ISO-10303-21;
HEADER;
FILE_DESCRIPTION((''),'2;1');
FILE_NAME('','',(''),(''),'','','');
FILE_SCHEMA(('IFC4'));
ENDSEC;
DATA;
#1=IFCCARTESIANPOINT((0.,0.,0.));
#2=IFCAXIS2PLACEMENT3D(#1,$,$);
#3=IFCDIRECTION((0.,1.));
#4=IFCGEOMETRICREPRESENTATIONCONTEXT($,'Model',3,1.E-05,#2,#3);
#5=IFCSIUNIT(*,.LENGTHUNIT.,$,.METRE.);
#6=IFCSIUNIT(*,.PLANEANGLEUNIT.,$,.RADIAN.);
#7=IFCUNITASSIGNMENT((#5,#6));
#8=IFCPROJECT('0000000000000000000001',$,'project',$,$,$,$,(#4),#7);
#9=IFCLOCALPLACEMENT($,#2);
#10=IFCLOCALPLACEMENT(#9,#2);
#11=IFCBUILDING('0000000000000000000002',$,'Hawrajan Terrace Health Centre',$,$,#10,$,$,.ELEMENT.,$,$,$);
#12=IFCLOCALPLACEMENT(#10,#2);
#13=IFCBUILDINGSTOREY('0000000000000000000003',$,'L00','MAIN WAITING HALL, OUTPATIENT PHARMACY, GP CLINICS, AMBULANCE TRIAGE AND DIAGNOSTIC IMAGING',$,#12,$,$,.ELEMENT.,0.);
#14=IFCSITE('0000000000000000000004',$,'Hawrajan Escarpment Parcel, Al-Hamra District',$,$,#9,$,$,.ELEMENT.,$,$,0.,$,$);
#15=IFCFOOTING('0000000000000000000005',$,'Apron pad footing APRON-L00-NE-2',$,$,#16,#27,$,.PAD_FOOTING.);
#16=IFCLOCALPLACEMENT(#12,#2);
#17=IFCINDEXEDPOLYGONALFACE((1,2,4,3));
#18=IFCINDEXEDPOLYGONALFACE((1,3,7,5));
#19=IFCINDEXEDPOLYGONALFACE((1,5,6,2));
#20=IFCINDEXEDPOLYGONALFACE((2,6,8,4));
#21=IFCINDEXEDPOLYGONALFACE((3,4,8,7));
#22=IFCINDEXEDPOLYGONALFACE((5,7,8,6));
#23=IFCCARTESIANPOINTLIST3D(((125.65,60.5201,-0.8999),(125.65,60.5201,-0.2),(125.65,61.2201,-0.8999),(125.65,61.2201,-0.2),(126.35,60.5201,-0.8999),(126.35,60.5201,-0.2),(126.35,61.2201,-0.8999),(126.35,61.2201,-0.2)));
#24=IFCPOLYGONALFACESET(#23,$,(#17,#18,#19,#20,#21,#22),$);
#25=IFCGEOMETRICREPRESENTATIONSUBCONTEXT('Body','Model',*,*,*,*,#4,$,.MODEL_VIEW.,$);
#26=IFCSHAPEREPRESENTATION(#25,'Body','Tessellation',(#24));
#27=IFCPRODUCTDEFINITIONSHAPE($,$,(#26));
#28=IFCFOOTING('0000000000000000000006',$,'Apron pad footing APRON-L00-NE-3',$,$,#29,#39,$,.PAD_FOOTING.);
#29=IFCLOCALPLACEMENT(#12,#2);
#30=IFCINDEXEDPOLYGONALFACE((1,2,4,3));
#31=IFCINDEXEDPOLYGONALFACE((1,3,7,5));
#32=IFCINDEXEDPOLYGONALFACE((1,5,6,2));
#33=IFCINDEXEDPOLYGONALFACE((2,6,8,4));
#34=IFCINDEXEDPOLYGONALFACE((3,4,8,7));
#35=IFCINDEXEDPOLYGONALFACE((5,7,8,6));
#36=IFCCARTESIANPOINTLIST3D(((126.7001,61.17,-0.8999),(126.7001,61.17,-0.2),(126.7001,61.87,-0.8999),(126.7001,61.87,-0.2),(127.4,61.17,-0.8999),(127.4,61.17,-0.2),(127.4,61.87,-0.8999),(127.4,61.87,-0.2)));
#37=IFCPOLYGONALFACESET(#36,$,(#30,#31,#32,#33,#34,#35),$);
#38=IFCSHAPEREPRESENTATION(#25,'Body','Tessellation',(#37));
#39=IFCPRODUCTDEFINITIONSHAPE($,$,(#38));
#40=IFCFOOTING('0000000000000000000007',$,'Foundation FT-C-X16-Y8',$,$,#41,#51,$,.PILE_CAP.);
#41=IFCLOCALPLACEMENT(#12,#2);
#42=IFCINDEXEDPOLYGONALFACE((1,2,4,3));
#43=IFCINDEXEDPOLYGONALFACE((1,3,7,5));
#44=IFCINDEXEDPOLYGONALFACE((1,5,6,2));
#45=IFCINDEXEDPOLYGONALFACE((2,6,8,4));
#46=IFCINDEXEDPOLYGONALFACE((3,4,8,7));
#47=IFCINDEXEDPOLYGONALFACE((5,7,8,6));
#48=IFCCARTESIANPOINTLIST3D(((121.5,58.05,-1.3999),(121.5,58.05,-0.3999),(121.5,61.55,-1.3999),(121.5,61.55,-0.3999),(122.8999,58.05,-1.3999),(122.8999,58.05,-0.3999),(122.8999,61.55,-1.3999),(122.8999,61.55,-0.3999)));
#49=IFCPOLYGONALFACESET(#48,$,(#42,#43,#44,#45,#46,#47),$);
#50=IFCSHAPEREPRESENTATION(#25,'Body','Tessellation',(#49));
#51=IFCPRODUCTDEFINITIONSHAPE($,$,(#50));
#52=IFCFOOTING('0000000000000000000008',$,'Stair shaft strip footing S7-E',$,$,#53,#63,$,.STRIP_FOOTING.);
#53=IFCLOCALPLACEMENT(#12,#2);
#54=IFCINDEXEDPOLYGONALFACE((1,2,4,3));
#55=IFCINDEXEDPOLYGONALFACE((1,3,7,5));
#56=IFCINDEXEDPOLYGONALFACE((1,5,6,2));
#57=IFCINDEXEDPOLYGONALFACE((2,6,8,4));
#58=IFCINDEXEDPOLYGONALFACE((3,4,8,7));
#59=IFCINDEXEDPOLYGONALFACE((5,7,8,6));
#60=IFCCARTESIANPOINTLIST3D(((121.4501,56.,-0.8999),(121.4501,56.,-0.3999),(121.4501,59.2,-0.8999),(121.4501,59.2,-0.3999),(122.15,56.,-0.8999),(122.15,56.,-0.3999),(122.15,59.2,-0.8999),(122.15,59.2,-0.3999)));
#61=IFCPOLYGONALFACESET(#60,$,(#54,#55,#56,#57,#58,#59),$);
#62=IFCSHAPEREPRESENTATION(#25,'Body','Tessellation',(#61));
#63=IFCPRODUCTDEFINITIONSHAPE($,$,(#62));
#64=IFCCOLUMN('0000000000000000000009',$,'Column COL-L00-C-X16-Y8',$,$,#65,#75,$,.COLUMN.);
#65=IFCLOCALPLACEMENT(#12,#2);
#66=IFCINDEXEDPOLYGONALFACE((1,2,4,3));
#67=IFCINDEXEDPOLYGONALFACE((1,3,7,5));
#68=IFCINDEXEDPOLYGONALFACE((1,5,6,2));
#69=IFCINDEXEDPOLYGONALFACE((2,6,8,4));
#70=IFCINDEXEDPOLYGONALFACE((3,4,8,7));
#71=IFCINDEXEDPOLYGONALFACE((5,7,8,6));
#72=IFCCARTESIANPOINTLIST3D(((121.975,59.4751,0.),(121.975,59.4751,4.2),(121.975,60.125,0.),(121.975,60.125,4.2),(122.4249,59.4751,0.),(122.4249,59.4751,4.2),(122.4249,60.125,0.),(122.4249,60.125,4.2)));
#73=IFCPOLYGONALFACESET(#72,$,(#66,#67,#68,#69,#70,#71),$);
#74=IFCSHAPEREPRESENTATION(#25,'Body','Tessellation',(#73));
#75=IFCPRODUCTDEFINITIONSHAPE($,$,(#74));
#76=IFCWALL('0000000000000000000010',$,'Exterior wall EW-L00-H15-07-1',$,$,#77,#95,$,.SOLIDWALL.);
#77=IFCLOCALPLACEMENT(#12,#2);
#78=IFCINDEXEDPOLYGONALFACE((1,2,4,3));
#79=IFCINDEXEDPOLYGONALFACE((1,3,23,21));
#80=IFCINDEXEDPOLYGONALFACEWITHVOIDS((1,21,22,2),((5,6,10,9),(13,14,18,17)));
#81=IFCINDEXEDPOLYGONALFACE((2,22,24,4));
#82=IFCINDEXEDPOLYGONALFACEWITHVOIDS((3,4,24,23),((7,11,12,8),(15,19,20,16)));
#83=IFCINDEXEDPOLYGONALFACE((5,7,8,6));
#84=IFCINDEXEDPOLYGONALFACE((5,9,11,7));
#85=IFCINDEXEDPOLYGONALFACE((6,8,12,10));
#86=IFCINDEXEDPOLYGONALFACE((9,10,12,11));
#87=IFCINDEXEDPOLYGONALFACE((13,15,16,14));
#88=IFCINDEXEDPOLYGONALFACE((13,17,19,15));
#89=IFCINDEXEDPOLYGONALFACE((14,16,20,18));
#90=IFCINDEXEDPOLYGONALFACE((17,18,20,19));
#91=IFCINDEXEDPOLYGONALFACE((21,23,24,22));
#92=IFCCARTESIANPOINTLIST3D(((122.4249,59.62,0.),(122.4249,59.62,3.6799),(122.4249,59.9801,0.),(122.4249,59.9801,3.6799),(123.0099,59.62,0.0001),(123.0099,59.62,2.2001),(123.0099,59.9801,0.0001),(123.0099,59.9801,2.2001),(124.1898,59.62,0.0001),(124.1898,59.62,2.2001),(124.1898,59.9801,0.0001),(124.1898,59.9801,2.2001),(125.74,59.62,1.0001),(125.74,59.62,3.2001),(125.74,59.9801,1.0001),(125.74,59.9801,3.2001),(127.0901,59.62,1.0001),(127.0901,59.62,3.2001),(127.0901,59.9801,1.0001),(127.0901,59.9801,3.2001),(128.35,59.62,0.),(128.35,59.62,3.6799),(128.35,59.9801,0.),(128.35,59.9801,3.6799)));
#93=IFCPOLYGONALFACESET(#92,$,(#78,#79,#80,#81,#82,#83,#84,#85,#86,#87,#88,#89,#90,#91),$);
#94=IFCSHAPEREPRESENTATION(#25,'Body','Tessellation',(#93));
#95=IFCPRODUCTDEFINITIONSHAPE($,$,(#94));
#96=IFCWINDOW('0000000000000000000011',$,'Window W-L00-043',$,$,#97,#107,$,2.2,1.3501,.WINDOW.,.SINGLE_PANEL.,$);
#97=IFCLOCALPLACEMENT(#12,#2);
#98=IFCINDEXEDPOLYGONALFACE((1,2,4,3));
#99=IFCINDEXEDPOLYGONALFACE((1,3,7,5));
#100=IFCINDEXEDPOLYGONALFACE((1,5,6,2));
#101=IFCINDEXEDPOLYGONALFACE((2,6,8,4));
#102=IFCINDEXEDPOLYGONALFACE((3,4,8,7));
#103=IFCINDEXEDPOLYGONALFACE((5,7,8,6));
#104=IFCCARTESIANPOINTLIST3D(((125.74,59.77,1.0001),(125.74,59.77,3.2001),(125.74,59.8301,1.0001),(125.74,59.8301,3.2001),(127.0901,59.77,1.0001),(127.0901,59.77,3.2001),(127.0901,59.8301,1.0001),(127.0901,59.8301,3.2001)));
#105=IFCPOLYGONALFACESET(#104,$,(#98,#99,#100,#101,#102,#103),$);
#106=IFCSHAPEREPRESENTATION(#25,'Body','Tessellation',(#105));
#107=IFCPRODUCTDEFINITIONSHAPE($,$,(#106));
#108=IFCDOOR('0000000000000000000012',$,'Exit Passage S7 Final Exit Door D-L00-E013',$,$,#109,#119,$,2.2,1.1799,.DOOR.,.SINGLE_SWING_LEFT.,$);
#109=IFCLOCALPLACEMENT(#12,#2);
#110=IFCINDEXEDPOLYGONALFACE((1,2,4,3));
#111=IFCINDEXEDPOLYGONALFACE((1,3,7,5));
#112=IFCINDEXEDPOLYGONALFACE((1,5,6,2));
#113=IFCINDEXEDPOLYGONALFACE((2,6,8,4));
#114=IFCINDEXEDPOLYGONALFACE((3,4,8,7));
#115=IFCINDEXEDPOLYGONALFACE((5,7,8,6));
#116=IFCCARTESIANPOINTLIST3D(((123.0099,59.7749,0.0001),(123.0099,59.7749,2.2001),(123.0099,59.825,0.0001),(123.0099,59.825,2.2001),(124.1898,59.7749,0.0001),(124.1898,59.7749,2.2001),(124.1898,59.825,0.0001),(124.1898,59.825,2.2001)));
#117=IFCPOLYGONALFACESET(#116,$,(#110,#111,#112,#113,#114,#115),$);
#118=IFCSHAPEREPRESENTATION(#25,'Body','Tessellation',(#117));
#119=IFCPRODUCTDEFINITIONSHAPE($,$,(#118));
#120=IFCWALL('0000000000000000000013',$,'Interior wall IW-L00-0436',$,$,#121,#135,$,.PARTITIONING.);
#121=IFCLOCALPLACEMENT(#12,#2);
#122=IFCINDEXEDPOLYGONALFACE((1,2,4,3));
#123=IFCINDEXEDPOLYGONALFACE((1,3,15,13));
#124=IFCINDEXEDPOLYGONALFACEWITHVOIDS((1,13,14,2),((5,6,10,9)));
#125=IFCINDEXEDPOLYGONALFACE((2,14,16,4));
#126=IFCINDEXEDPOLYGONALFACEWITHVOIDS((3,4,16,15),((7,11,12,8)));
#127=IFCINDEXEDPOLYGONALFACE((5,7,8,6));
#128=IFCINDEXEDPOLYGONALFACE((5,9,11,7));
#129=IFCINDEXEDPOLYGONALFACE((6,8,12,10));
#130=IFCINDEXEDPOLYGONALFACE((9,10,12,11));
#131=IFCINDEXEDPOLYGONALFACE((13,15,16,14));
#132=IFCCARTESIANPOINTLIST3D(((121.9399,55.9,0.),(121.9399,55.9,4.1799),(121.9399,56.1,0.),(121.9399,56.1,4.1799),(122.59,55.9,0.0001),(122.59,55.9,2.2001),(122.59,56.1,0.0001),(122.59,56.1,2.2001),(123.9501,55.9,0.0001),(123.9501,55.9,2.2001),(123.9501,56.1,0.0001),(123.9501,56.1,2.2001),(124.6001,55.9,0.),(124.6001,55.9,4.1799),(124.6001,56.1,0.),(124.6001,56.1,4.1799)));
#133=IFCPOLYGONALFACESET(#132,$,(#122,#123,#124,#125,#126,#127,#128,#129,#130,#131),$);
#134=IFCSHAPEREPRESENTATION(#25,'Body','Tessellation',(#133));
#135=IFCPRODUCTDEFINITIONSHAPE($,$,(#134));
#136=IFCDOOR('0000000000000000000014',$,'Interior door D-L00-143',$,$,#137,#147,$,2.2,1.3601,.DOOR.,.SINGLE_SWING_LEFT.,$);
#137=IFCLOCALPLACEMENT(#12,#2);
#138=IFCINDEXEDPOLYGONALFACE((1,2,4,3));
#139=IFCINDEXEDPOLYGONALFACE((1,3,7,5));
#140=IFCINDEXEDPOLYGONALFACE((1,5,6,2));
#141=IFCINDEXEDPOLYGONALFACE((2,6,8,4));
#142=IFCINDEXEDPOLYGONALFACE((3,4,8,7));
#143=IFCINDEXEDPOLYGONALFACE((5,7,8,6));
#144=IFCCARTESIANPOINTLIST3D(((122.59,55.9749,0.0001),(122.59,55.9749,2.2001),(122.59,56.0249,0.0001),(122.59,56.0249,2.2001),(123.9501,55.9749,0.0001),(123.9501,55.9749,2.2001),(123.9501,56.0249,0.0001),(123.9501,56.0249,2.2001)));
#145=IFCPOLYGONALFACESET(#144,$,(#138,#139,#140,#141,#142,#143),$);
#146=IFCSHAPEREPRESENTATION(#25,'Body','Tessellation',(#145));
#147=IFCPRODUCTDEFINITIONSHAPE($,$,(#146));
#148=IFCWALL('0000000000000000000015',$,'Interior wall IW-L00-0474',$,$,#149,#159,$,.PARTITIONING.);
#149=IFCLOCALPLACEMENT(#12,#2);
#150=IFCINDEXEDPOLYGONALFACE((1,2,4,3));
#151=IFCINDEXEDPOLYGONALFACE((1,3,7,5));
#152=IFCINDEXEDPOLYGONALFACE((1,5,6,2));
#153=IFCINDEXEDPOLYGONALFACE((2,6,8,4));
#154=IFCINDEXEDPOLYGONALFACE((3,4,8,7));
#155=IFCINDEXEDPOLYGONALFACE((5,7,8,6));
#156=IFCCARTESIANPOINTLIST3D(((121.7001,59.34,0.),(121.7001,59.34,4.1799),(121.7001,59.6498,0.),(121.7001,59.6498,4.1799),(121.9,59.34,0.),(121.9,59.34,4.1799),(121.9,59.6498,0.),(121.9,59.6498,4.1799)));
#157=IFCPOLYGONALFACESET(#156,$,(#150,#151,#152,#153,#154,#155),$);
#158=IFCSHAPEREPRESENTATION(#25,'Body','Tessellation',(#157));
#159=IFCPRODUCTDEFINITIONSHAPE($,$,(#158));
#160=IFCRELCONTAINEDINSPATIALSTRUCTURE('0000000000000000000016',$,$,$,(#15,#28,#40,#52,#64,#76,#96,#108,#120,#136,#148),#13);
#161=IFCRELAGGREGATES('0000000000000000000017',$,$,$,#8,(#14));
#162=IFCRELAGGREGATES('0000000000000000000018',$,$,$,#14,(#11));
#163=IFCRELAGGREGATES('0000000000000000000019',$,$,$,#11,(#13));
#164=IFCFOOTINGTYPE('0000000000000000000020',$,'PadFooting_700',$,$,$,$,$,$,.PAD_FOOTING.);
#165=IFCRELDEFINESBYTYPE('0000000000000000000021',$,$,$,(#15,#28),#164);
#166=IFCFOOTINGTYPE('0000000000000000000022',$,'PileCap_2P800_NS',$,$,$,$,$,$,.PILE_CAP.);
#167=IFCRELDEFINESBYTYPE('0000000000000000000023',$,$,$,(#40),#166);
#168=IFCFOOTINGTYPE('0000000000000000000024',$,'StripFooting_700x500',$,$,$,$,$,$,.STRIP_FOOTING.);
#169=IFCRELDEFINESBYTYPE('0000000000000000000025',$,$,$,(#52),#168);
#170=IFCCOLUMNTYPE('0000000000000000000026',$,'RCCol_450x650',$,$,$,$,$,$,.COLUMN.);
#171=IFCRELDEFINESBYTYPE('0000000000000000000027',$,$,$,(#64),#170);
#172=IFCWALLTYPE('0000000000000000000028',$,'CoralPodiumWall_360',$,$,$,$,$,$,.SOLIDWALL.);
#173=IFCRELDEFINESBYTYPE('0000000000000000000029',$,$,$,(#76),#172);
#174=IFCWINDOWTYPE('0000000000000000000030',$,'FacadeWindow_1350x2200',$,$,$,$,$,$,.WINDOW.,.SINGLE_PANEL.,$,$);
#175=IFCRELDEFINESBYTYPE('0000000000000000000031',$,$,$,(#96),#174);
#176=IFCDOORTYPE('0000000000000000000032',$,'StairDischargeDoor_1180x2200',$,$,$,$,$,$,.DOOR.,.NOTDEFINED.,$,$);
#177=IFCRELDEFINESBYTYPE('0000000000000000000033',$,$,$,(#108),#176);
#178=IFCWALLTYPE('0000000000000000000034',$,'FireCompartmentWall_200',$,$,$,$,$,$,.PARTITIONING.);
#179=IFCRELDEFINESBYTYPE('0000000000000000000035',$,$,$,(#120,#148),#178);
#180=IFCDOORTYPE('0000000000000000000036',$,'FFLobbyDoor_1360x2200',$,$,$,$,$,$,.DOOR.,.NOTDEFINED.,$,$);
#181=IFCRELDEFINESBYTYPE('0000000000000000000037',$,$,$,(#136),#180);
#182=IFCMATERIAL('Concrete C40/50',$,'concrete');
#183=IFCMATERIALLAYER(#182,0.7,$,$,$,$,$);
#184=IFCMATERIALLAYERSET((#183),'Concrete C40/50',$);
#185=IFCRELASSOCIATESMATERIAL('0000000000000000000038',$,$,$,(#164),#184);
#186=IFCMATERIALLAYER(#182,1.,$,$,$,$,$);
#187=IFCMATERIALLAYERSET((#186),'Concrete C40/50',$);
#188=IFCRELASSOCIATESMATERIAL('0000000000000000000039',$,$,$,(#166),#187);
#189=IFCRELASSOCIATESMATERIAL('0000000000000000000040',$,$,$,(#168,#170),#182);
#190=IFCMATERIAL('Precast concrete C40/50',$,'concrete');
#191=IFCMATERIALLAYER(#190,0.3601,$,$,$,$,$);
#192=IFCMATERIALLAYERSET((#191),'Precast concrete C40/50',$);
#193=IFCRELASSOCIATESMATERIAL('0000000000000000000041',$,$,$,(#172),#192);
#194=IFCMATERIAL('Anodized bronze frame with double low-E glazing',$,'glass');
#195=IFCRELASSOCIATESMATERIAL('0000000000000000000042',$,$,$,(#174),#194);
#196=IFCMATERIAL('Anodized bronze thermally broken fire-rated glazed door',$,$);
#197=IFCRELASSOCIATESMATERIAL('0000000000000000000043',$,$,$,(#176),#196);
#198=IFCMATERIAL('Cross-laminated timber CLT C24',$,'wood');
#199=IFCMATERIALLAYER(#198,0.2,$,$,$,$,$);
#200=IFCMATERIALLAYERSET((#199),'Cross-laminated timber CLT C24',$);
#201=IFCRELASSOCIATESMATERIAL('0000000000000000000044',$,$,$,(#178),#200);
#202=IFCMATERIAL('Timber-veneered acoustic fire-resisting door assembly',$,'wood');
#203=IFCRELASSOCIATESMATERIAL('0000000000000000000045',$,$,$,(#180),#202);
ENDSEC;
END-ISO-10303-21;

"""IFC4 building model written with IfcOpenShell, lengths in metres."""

from ifc_helpers import new_model, si_unit, direction, frame, frame_2d, origin, origin_2d, place, context, subcontext, project, spatial, rectangle, extrude, material, layer, layer_set, material_profile, profile_set, type_object, element, fill, save


model = new_model("IFC4")

# Units and contexts
model_context = context("Model", 3, precision=1e-05, world=origin(), true_north=direction((0.0, 1.0)))
body_context = subcontext(model_context, "Body", "Model", "MODEL_VIEW")
ifc_project = project(units=[si_unit("LENGTHUNIT", "METRE"), si_unit("PLANEANGLEUNIT", "RADIAN")], contexts=[model_context])

# Site, building, storey
site_placement = place(None, origin())
site = spatial("IfcSite", under=ifc_project, at=site_placement, Name="Hawrajan Escarpment Parcel, Al-Hamra District", CompositionType="ELEMENT", RefElevation=0.0)
building_placement = place(site_placement, origin())
building = spatial("IfcBuilding", under=site, at=building_placement, Name="Hawrajan Terrace Health Centre", CompositionType="ELEMENT")
storey_placement = place(building_placement, origin())
storey = spatial("IfcBuildingStorey", under=building, at=storey_placement, Name="L00", Description="MAIN WAITING HALL, OUTPATIENT PHARMACY, GP CLINICS, AMBULANCE TRIAGE AND DIAGNOSTIC IMAGING", CompositionType="ELEMENT", Elevation=0.0)

# Shared definitions
ifc_material_1 = material(Name="Concrete C40/50", Category="concrete")

# Footings
ifc_layer_1 = layer(ifc_material_1, 0.7)
ifc_layer_set_1 = layer_set([ifc_layer_1], Name="Concrete C40/50")
footing_type_1 = type_object("IfcFootingType", Name="PadFooting_700", PredefinedType="PAD_FOOTING", material=ifc_layer_set_1)
for number, where, z_axis, x_axis, name in (
    (1, (126.0, 60.8701, -0.8999), (0.0, 0.0, 1.0), (1.0, 0.0, 0.0), "Apron pad footing APRON-L00-NE-2"),
    (2, (127.05, 61.52, -0.8999), (0.0, 0.0, 1.0), (1.0, 0.0, 0.0), "Apron pad footing APRON-L00-NE-3"),
):
    element("IfcFooting", number, at=place(storey_placement, frame(where, z_axis=z_axis, x_axis=x_axis)), inside=storey, type_object=footing_type_1, Name=name, PredefinedType="PAD_FOOTING", context=body_context, shape_type="SweptSolid", body=[
        extrude(rectangle(XDim=0.7, YDim=0.7, at=origin_2d()), origin(), (0.0, 0.0, 1.0), 0.7),
    ])
ifc_layer_2 = layer(ifc_material_1, 1.0)
ifc_layer_set_2 = layer_set([ifc_layer_2], Name="Concrete C40/50")
footing_type_2 = type_object("IfcFootingType", Name="PileCap_2P800_NS", PredefinedType="PILE_CAP", material=ifc_layer_set_2)
footing_1_placement = place(storey_placement, frame((122.2, 59.8, -1.3999), z_axis=(0.0, 0.0, 1.0), x_axis=(1.0, 0.0, 0.0)))
element("IfcFooting", 3, at=footing_1_placement, inside=storey, type_object=footing_type_2, Name="Foundation FT-C-X16-Y8", PredefinedType="PILE_CAP", context=body_context, shape_type="SweptSolid", body=[
    extrude(rectangle(XDim=1.3999, YDim=3.5, at=origin_2d()), origin(), (0.0, 0.0, 1.0), 1.0),
])
ifc_material_profile_1 = material_profile(ifc_material_1, rectangle(XDim=0.7, YDim=0.5, at=origin_2d()), Name="RC STRIP 700x500")
ifc_profile_set_1 = profile_set([ifc_material_profile_1], Name="Concrete C40/50")
footing_type_3 = type_object("IfcFootingType", Name="StripFooting_700x500", PredefinedType="STRIP_FOOTING", material=ifc_profile_set_1)
footing_2_placement = place(storey_placement, frame((121.8, 56.0, -0.6499), z_axis=(0.0, 1.0, 0.0), x_axis=(-1.0, 0.0, 0.0)))
element("IfcFooting", 4, at=footing_2_placement, inside=storey, type_object=footing_type_3, Name="Stair shaft strip footing S7-E", PredefinedType="STRIP_FOOTING", context=body_context, shape_type="SweptSolid", body=[
    extrude(rectangle(XDim=0.7, YDim=0.5, at=origin_2d()), origin(), (0.0, 0.0, 1.0), 3.2),
])

# Column
ifc_material_profile_2 = material_profile(ifc_material_1, rectangle(XDim=0.45, YDim=0.6499, at=origin_2d()), Name="RC 450x650")
ifc_profile_set_2 = profile_set([ifc_material_profile_2], Name="Concrete C40/50")
column_type = type_object("IfcColumnType", Name="RCCol_450x650", PredefinedType="COLUMN", material=ifc_profile_set_2)
column_placement = place(storey_placement, frame((122.2, 59.8, 0.0), z_axis=(0.0, 0.0, 1.0), x_axis=(1.0, 0.0, 0.0)))
element("IfcColumn", 5, at=column_placement, inside=storey, type_object=column_type, Name="Column COL-L00-C-X16-Y8", PredefinedType="COLUMN", context=body_context, shape_type="SweptSolid", body=[
    extrude(rectangle(XDim=0.45, YDim=0.6499, at=origin_2d()), origin(), (0.0, 0.0, 1.0), 4.2),
])

# Wall, openings, window, door
ifc_material_2 = material(Name="Precast concrete C40/50", Category="concrete")
ifc_layer_3 = layer(ifc_material_2, 0.3601)
ifc_layer_set_3 = layer_set([ifc_layer_3], Name="Precast concrete C40/50")
wall_type_1 = type_object("IfcWallType", Name="CoralPodiumWall_360", PredefinedType="SOLIDWALL", material=ifc_layer_set_3)
wall_1_placement = place(storey_placement, frame((122.425, 59.8, 0.0), z_axis=(0.0, 0.0, 1.0), x_axis=(1.0, 0.0, 0.0)))
wall_1 = element("IfcWall", 6, at=wall_1_placement, inside=storey, type_object=wall_type_1, Name="Exterior wall EW-L00-H15-07-1", PredefinedType="SOLIDWALL", context=body_context, shape_type="SweptSolid", body=[
    extrude(rectangle(XDim=5.925, YDim=0.3601, at=frame_2d((2.9624, 0.0))), origin(), (0.0, 0.0, 1.0), 3.6799),
])
opening_1_placement = place(wall_1_placement, frame((0.585, 0.0, 0.0)))
opening_1 = element("IfcOpeningElement", 7, at=opening_1_placement, cuts=wall_1, PredefinedType="OPENING", context=body_context, shape_type="SweptSolid", body=[
    extrude(rectangle(XDim=1.1799, YDim=2.2, at=frame_2d((0.5898, 1.1001))), frame((0.0, 0.1899, 0.0), z_axis=(0.0, -1.0, 0.0), x_axis=(1.0, 0.0, 0.0)), (0.0, 0.0, 1.0), 0.3801),
])
opening_2_placement = place(wall_1_placement, frame((3.3149, 0.0, 1.0)))
opening_2 = element("IfcOpeningElement", 8, at=opening_2_placement, cuts=wall_1, PredefinedType="OPENING", context=body_context, shape_type="SweptSolid", body=[
    extrude(rectangle(XDim=1.3501, YDim=2.2, at=frame_2d((0.675, 1.1001))), frame((0.0, 0.1899, 0.0), z_axis=(0.0, -1.0, 0.0), x_axis=(1.0, 0.0, 0.0)), (0.0, 0.0, 1.0), 0.3801),
])
ifc_material_3 = material(Name="Anodized bronze frame with double low-E glazing", Category="glass")
window_type = type_object("IfcWindowType", Name="FacadeWindow_1350x2200", PartitioningType="SINGLE_PANEL", PredefinedType="WINDOW", material=ifc_material_3)
window_placement = place(opening_2_placement, origin())
window = element("IfcWindow", 9, at=window_placement, inside=storey, type_object=window_type, Name="Window W-L00-043", OverallHeight=2.2, OverallWidth=1.3501, PartitioningType="SINGLE_PANEL", PredefinedType="WINDOW", context=body_context, shape_type="SweptSolid", body=[
    extrude(rectangle(XDim=1.3501, YDim=2.2, at=frame_2d((0.675, 1.1001))), frame((0.0, 0.03, 0.0), z_axis=(0.0, -1.0, 0.0), x_axis=(1.0, 0.0, 0.0)), (0.0, 0.0, 1.0), 0.0601),
])
fill(opening_2, window)
ifc_material_4 = material(Name="Anodized bronze thermally broken fire-rated glazed door")
door_type_1 = type_object("IfcDoorType", Name="StairDischargeDoor_1180x2200", OperationType="NOTDEFINED", PredefinedType="DOOR", material=ifc_material_4)
door_1_placement = place(opening_1_placement, origin())
door_1 = element("IfcDoor", 10, at=door_1_placement, inside=storey, type_object=door_type_1, Name="Exit Passage S7 Final Exit Door D-L00-E013", OperationType="SINGLE_SWING_LEFT", OverallHeight=2.2, OverallWidth=1.1799, PredefinedType="DOOR", context=body_context, shape_type="SweptSolid", body=[
    extrude(rectangle(XDim=1.1799, YDim=2.2, at=frame_2d((0.5898, 1.1001))), frame((0.0, 0.0249, 0.0), z_axis=(0.0, -1.0, 0.0), x_axis=(1.0, 0.0, 0.0)), (0.0, 0.0, 1.0), 0.05),
])
fill(opening_1, door_1)

# Wall, opening, door
ifc_material_5 = material(Name="Timber-veneered acoustic fire-resisting door assembly", Category="wood")
ifc_material_6 = material(Name="Cross-laminated timber CLT C24", Category="wood")
ifc_layer_4 = layer(ifc_material_6, 0.2)
ifc_layer_set_4 = layer_set([ifc_layer_4], Name="Cross-laminated timber CLT C24")
wall_type_2 = type_object("IfcWallType", Name="FireCompartmentWall_200", PredefinedType="PARTITIONING", material=ifc_layer_set_4)
wall_2_placement = place(storey_placement, frame((121.9399, 56.0, 0.0), z_axis=(0.0, 0.0, 1.0), x_axis=(1.0, 0.0, 0.0)))
wall_2 = element("IfcWall", 11, at=wall_2_placement, inside=storey, type_object=wall_type_2, Name="Interior wall IW-L00-0436", PredefinedType="PARTITIONING", context=body_context, shape_type="SweptSolid", body=[
    extrude(rectangle(XDim=2.6602, YDim=0.2, at=frame_2d((1.3301, 0.0))), origin(), (0.0, 0.0, 1.0), 4.1799),
])
opening_3_placement = place(wall_2_placement, frame((0.6499, 0.0, 0.0)))
opening_3 = element("IfcOpeningElement", 12, at=opening_3_placement, cuts=wall_2, PredefinedType="OPENING", context=body_context, shape_type="SweptSolid", body=[
    extrude(rectangle(XDim=1.3601, YDim=2.2, at=frame_2d((0.6802, 1.1001))), frame((0.0, 0.1099, 0.0), z_axis=(0.0, -1.0, 0.0), x_axis=(1.0, 0.0, 0.0)), (0.0, 0.0, 1.0), 0.22),
])
door_type_2 = type_object("IfcDoorType", Name="FFLobbyDoor_1360x2200", OperationType="NOTDEFINED", PredefinedType="DOOR", material=ifc_material_5)
door_2_placement = place(opening_3_placement, origin())
door_2 = element("IfcDoor", 13, at=door_2_placement, inside=storey, type_object=door_type_2, Name="Interior door D-L00-143", OperationType="SINGLE_SWING_LEFT", OverallHeight=2.2, OverallWidth=1.3601, PredefinedType="DOOR", context=body_context, shape_type="SweptSolid", body=[
    extrude(rectangle(XDim=1.3601, YDim=2.2, at=frame_2d((0.6802, 1.1001))), frame((0.0, 0.0249, 0.0), z_axis=(0.0, -1.0, 0.0), x_axis=(1.0, 0.0, 0.0)), (0.0, 0.0, 1.0), 0.05),
])
fill(opening_3, door_2)

# Wall
wall_3_placement = place(storey_placement, frame((121.8, 59.3401, 0.0), z_axis=(0.0, 0.0, 1.0), x_axis=(0.0, 1.0, 0.0)))
element("IfcWall", 14, at=wall_3_placement, inside=storey, type_object=wall_type_2, Name="Interior wall IW-L00-0474", PredefinedType="PARTITIONING", context=body_context, shape_type="SweptSolid", body=[
    extrude(rectangle(XDim=0.3098, YDim=0.2, at=frame_2d((0.1548, 0.0))), origin(), (0.0, 0.0, 1.0), 4.1799),
])

save(model, "model.ifc")
